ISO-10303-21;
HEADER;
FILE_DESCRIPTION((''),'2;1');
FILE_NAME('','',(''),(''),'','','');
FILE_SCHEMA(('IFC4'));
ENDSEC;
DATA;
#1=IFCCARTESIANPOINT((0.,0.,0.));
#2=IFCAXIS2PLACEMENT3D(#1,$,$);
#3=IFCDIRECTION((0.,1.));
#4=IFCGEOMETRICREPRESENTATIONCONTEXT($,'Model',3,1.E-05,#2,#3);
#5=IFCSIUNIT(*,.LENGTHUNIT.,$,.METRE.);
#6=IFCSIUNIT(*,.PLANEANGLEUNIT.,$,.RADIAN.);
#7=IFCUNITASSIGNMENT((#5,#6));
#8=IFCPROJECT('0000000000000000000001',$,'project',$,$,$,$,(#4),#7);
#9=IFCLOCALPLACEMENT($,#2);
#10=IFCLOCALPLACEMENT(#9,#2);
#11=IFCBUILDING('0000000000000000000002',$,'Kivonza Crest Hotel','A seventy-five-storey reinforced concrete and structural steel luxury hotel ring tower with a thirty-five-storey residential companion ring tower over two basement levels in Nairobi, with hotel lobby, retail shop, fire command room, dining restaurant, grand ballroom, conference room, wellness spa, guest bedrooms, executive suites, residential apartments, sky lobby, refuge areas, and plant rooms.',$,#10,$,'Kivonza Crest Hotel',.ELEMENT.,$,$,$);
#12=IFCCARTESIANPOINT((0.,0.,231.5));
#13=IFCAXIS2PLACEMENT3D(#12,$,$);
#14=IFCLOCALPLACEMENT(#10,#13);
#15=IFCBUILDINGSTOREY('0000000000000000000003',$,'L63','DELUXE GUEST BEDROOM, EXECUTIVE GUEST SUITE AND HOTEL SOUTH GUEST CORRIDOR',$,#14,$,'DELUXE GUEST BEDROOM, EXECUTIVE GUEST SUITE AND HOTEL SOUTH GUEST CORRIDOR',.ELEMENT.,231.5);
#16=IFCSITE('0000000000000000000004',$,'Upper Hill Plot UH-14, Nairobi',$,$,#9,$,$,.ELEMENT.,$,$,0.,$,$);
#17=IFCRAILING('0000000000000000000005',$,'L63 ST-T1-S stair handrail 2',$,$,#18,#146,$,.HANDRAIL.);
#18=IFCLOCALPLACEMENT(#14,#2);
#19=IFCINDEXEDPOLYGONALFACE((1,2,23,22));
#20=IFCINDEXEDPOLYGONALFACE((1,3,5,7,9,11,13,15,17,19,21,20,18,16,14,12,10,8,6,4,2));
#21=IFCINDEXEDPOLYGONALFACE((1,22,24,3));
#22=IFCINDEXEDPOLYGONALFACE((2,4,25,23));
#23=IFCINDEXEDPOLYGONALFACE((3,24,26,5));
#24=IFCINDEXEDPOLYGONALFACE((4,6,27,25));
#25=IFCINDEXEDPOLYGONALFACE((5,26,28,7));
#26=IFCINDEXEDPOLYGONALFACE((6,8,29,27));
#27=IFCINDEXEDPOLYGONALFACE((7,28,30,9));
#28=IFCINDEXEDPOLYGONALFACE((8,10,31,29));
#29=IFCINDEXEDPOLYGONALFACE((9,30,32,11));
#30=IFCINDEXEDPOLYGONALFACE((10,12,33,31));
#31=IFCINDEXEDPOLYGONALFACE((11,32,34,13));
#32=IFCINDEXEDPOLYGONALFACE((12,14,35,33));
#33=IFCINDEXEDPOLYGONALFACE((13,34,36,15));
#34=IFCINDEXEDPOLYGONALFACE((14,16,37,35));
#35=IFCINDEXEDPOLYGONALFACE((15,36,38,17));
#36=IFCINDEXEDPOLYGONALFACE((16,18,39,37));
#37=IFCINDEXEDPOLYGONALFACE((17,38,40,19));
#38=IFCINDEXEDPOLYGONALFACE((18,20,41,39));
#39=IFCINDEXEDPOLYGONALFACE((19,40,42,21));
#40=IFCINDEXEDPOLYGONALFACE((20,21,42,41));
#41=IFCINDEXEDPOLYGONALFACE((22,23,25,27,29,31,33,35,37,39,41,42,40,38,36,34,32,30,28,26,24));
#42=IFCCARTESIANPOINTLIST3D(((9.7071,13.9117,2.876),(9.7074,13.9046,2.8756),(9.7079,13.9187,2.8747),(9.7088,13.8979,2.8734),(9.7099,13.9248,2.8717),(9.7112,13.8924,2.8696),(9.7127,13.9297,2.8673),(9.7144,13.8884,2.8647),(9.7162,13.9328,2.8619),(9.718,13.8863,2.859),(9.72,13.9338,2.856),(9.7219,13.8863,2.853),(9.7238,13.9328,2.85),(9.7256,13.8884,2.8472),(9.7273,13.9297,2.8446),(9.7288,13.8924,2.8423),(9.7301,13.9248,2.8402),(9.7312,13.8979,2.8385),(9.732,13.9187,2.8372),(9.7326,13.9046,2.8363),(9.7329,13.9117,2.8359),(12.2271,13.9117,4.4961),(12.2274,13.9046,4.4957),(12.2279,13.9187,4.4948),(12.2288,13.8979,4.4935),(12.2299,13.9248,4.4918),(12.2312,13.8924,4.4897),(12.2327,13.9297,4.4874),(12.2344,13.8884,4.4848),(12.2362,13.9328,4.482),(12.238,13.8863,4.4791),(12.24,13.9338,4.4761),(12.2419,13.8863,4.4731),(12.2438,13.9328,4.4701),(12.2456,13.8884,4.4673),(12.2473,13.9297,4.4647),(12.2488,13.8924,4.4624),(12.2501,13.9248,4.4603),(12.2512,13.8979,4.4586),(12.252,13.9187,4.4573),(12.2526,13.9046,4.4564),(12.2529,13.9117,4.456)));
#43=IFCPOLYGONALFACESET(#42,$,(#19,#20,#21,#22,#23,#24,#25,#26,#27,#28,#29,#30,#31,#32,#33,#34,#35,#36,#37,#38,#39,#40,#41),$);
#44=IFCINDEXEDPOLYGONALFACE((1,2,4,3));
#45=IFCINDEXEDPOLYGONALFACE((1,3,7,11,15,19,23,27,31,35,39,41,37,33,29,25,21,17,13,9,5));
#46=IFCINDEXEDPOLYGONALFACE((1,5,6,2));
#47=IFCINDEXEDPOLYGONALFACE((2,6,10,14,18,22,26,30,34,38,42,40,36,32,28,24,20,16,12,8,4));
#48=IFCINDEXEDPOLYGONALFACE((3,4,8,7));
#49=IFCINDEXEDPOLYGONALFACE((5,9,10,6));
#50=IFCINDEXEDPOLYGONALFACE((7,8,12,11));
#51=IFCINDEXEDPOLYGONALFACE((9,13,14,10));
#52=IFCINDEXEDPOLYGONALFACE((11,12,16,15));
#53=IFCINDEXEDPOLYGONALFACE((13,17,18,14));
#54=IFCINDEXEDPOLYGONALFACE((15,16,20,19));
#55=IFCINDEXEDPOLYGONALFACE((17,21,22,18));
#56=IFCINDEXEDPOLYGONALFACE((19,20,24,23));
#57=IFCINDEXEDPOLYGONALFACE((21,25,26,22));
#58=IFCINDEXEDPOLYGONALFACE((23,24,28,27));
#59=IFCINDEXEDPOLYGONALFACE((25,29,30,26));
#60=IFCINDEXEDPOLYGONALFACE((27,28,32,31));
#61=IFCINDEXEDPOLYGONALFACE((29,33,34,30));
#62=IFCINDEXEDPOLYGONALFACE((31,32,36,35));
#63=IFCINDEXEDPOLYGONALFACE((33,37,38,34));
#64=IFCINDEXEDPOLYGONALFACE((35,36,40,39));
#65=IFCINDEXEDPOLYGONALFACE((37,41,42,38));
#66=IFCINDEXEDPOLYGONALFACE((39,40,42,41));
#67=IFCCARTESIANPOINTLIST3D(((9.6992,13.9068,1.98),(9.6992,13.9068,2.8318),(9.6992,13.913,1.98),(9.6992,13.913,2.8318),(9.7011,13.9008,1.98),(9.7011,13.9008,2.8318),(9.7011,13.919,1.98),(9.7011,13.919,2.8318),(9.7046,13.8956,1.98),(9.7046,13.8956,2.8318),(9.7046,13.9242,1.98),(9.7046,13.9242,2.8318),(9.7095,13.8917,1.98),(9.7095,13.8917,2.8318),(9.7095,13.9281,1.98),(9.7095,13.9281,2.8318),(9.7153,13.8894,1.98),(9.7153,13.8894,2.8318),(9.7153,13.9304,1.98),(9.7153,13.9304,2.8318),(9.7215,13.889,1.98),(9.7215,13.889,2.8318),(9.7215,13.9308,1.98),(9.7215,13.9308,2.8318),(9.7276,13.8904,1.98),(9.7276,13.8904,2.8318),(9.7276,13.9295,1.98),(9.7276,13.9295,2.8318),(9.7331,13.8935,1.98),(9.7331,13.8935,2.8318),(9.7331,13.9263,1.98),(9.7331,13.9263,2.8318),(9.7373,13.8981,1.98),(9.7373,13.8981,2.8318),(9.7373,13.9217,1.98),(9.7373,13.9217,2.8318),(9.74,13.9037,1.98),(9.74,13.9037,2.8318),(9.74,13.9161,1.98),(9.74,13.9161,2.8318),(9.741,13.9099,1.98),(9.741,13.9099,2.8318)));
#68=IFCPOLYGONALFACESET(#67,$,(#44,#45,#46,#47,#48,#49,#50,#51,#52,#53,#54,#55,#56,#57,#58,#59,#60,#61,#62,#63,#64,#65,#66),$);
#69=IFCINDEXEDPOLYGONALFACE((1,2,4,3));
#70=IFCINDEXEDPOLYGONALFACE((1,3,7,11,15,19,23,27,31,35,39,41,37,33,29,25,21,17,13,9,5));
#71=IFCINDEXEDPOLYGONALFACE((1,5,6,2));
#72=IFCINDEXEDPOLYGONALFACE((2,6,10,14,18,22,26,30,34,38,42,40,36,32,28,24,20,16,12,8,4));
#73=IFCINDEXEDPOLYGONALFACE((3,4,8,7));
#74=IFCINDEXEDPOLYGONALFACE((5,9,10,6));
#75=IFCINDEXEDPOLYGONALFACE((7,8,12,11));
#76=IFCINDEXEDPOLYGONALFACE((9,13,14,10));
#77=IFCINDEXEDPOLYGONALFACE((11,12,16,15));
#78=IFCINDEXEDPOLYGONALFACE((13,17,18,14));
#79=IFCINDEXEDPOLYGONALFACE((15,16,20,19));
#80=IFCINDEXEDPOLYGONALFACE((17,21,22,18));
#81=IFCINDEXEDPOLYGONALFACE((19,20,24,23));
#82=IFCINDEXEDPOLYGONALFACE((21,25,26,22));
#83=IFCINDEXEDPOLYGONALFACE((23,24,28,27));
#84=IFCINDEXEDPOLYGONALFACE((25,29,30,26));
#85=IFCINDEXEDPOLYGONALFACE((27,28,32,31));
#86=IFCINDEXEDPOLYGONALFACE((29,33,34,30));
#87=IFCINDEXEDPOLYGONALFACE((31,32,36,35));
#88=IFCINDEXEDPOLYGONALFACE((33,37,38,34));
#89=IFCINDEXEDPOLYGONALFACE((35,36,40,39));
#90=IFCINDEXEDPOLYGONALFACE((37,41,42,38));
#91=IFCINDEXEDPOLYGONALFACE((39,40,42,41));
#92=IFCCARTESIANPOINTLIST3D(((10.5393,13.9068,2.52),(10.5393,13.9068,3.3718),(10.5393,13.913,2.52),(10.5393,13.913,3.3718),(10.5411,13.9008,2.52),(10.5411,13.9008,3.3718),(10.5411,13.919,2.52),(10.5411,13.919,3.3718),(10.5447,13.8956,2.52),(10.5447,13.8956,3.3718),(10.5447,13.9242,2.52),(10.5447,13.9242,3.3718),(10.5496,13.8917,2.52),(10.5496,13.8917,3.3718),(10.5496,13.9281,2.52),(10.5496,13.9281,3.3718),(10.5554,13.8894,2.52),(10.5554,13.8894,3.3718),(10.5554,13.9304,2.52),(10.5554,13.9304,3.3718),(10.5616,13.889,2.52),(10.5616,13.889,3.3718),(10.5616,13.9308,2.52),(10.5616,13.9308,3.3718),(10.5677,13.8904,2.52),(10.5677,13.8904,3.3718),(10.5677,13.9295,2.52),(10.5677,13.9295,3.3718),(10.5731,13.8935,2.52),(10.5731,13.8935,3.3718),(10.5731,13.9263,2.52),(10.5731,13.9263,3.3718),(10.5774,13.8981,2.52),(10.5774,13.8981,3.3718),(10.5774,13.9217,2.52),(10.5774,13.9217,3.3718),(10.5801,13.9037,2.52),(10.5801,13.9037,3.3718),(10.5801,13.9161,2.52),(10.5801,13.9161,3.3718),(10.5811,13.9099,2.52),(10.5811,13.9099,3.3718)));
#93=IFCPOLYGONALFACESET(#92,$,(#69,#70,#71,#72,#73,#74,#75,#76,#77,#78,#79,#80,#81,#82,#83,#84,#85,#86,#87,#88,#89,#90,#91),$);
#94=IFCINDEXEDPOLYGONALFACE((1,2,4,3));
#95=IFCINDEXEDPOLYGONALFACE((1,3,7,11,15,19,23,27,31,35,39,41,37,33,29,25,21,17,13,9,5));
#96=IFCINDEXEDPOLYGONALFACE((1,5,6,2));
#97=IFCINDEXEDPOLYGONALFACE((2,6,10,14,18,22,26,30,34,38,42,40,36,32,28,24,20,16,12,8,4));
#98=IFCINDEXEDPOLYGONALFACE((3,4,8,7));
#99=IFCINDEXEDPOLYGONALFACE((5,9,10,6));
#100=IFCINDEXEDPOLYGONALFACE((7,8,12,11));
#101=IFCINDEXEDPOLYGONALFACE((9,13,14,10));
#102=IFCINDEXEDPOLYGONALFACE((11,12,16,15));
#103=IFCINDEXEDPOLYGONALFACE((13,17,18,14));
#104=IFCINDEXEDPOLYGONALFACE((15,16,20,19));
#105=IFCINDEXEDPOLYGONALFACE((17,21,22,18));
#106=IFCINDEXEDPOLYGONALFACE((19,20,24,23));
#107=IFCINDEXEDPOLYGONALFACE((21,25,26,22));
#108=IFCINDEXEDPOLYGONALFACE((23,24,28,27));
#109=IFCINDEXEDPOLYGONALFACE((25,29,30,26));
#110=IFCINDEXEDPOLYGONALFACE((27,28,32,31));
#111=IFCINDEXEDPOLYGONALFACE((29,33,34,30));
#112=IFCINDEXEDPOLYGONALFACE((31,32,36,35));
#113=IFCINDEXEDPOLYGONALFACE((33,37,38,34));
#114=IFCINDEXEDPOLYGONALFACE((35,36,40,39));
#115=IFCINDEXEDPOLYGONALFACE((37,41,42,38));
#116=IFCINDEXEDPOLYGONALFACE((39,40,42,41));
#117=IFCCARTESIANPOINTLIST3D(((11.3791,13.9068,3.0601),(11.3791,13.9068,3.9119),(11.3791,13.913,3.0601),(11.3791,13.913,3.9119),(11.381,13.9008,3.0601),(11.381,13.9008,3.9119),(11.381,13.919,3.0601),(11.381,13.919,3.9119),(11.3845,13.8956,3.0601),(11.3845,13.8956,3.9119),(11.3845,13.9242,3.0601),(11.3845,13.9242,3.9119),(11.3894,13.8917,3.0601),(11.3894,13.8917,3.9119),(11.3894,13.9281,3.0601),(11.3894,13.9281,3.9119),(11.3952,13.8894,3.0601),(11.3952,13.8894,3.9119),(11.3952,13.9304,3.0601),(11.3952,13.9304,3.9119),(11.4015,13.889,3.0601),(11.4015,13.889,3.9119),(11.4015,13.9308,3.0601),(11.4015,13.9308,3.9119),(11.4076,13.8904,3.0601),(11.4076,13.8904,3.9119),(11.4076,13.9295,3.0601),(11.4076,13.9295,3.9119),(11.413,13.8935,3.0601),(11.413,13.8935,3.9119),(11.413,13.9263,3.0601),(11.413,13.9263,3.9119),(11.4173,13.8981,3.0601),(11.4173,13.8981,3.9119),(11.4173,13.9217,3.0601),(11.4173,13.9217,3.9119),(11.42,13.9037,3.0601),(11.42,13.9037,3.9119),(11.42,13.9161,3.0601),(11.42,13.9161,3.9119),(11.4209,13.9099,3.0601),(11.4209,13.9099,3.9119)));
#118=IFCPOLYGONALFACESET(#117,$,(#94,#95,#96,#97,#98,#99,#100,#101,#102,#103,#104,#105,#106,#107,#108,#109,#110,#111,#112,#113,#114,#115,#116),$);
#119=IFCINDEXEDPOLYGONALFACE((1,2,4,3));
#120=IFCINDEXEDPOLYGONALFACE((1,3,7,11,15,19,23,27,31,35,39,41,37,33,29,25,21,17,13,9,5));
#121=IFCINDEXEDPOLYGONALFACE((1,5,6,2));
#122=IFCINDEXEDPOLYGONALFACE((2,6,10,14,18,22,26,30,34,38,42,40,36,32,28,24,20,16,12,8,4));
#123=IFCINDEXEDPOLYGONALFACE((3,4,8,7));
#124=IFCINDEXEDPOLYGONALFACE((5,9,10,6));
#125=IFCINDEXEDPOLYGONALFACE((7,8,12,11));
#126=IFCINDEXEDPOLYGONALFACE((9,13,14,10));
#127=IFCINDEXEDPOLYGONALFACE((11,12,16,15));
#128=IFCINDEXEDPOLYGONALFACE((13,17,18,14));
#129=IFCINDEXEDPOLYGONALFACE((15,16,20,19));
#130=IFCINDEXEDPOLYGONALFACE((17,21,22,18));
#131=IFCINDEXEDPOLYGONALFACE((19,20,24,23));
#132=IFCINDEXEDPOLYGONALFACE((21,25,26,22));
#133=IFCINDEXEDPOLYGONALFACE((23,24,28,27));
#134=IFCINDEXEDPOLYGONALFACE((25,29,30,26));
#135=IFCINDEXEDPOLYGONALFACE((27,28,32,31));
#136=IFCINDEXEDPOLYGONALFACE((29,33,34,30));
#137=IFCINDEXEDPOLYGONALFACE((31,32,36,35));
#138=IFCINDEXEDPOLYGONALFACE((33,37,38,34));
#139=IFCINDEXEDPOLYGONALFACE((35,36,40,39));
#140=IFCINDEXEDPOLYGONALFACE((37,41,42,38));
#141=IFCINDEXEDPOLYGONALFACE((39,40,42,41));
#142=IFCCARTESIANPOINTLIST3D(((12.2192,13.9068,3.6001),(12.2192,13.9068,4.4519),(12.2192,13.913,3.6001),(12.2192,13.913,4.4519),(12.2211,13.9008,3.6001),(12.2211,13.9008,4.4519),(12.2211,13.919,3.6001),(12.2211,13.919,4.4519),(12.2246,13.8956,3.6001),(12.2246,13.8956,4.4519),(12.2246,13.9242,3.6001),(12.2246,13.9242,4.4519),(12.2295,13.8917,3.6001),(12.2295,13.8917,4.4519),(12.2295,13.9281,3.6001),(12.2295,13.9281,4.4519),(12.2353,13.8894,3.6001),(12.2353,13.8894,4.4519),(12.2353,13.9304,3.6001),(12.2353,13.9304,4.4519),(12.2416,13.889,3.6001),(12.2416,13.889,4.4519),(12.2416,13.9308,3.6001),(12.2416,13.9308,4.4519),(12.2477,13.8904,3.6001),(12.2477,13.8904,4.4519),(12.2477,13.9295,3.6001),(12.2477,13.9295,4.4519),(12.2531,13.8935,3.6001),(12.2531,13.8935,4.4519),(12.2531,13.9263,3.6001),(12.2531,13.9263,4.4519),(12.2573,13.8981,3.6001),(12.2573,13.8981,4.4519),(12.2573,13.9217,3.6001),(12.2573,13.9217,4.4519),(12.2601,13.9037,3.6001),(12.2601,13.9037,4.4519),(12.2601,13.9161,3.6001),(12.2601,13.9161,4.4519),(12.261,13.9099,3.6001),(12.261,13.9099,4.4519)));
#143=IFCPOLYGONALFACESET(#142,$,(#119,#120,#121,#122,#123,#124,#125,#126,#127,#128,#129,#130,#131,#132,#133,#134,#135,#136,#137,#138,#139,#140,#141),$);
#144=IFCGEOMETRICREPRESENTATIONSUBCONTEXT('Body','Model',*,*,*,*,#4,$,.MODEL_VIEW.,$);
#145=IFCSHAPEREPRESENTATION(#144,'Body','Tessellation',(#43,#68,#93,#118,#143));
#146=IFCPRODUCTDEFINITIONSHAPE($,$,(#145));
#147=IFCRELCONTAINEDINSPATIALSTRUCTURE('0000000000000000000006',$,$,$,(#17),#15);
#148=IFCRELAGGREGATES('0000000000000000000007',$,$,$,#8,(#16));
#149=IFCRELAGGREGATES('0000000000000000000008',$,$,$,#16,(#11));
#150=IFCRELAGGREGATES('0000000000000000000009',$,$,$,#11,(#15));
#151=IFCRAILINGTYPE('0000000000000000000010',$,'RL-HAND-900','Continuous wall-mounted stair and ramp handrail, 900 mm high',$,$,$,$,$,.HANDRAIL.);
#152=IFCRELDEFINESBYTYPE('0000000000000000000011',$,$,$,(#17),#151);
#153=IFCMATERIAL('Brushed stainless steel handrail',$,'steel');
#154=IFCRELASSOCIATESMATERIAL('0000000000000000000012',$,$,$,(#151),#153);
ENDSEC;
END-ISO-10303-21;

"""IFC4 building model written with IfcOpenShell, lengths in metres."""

from ifc_helpers import new_model, si_unit, direction, frame, origin, origin_2d, place, context, subcontext, project, spatial, circle, extrude, material, type_object, element, save


model = new_model("IFC4")

# Units and contexts
model_context = context("Model", 3, precision=1e-05, world=origin(), true_north=direction((0.0, 1.0)))
body_context = subcontext(model_context, "Body", "Model", "MODEL_VIEW")
ifc_project = project(units=[si_unit("LENGTHUNIT", "METRE"), si_unit("PLANEANGLEUNIT", "RADIAN")], contexts=[model_context])

# Site, building, storey
site_placement = place(None, origin())
site = spatial("IfcSite", under=ifc_project, at=site_placement, Name="Upper Hill Plot UH-14, Nairobi", CompositionType="ELEMENT", RefElevation=0.0)
building_placement = place(site_placement, origin())
building = spatial("IfcBuilding", under=site, at=building_placement, Name="Kivonza Crest Hotel", Description="A seventy-five-storey reinforced concrete and structural steel luxury hotel ring tower with a thirty-five-storey residential companion ring tower over two basement levels in Nairobi, with hotel lobby, retail shop, fire command room, dining restaurant, grand ballroom, conference room, wellness spa, guest bedrooms, executive suites, residential apartments, sky lobby, refuge areas, and plant rooms.", LongName="Kivonza Crest Hotel", CompositionType="ELEMENT")
storey_placement = place(building_placement, frame((0.0, 0.0, 231.5)))
storey = spatial("IfcBuildingStorey", under=building, at=storey_placement, Name="L63", Description="DELUXE GUEST BEDROOM, EXECUTIVE GUEST SUITE AND HOTEL SOUTH GUEST CORRIDOR", LongName="DELUXE GUEST BEDROOM, EXECUTIVE GUEST SUITE AND HOTEL SOUTH GUEST CORRIDOR", CompositionType="ELEMENT", Elevation=231.5)

# Railing
ifc_material_1 = material(Name="Brushed stainless steel handrail", Category="steel")
railing_type_1 = type_object("IfcRailingType", Name="RL-HAND-900", Description="Continuous wall-mounted stair and ramp handrail, 900 mm high", PredefinedType="HANDRAIL", material=ifc_material_1)
railing_1_placement = place(storey_placement, frame((9.72, 13.9099, 1.98)))
element("IfcRailing", 1, at=railing_1_placement, inside=storey, type_object=railing_type_1, Name="L63 ST-T1-S stair handrail 2", PredefinedType="HANDRAIL", context=body_context, shape_type="SweptSolid", body=[
    extrude(circle(Radius=0.0239, at=origin_2d()), frame((0.0, 0.0, 0.876), z_axis=(0.841163, 0.0, 0.540782), x_axis=(0.0, 1.0, 0.0)), (0.0, 0.0, 1.0), 2.9958),
    extrude(circle(Radius=0.021, at=origin_2d()), origin(), (0.0, 0.0, 1.0), 0.8518),
    extrude(circle(Radius=0.021, at=origin_2d()), frame((0.8401, 0.0, 0.54)), (0.0, 0.0, 1.0), 0.8518),
    extrude(circle(Radius=0.021, at=origin_2d()), frame((1.6799, 0.0, 1.0801)), (0.0, 0.0, 1.0), 0.8518),
    extrude(circle(Radius=0.021, at=origin_2d()), frame((2.52, 0.0, 1.6201)), (0.0, 0.0, 1.0), 0.8518),
])

save(model, "model.ifc")
